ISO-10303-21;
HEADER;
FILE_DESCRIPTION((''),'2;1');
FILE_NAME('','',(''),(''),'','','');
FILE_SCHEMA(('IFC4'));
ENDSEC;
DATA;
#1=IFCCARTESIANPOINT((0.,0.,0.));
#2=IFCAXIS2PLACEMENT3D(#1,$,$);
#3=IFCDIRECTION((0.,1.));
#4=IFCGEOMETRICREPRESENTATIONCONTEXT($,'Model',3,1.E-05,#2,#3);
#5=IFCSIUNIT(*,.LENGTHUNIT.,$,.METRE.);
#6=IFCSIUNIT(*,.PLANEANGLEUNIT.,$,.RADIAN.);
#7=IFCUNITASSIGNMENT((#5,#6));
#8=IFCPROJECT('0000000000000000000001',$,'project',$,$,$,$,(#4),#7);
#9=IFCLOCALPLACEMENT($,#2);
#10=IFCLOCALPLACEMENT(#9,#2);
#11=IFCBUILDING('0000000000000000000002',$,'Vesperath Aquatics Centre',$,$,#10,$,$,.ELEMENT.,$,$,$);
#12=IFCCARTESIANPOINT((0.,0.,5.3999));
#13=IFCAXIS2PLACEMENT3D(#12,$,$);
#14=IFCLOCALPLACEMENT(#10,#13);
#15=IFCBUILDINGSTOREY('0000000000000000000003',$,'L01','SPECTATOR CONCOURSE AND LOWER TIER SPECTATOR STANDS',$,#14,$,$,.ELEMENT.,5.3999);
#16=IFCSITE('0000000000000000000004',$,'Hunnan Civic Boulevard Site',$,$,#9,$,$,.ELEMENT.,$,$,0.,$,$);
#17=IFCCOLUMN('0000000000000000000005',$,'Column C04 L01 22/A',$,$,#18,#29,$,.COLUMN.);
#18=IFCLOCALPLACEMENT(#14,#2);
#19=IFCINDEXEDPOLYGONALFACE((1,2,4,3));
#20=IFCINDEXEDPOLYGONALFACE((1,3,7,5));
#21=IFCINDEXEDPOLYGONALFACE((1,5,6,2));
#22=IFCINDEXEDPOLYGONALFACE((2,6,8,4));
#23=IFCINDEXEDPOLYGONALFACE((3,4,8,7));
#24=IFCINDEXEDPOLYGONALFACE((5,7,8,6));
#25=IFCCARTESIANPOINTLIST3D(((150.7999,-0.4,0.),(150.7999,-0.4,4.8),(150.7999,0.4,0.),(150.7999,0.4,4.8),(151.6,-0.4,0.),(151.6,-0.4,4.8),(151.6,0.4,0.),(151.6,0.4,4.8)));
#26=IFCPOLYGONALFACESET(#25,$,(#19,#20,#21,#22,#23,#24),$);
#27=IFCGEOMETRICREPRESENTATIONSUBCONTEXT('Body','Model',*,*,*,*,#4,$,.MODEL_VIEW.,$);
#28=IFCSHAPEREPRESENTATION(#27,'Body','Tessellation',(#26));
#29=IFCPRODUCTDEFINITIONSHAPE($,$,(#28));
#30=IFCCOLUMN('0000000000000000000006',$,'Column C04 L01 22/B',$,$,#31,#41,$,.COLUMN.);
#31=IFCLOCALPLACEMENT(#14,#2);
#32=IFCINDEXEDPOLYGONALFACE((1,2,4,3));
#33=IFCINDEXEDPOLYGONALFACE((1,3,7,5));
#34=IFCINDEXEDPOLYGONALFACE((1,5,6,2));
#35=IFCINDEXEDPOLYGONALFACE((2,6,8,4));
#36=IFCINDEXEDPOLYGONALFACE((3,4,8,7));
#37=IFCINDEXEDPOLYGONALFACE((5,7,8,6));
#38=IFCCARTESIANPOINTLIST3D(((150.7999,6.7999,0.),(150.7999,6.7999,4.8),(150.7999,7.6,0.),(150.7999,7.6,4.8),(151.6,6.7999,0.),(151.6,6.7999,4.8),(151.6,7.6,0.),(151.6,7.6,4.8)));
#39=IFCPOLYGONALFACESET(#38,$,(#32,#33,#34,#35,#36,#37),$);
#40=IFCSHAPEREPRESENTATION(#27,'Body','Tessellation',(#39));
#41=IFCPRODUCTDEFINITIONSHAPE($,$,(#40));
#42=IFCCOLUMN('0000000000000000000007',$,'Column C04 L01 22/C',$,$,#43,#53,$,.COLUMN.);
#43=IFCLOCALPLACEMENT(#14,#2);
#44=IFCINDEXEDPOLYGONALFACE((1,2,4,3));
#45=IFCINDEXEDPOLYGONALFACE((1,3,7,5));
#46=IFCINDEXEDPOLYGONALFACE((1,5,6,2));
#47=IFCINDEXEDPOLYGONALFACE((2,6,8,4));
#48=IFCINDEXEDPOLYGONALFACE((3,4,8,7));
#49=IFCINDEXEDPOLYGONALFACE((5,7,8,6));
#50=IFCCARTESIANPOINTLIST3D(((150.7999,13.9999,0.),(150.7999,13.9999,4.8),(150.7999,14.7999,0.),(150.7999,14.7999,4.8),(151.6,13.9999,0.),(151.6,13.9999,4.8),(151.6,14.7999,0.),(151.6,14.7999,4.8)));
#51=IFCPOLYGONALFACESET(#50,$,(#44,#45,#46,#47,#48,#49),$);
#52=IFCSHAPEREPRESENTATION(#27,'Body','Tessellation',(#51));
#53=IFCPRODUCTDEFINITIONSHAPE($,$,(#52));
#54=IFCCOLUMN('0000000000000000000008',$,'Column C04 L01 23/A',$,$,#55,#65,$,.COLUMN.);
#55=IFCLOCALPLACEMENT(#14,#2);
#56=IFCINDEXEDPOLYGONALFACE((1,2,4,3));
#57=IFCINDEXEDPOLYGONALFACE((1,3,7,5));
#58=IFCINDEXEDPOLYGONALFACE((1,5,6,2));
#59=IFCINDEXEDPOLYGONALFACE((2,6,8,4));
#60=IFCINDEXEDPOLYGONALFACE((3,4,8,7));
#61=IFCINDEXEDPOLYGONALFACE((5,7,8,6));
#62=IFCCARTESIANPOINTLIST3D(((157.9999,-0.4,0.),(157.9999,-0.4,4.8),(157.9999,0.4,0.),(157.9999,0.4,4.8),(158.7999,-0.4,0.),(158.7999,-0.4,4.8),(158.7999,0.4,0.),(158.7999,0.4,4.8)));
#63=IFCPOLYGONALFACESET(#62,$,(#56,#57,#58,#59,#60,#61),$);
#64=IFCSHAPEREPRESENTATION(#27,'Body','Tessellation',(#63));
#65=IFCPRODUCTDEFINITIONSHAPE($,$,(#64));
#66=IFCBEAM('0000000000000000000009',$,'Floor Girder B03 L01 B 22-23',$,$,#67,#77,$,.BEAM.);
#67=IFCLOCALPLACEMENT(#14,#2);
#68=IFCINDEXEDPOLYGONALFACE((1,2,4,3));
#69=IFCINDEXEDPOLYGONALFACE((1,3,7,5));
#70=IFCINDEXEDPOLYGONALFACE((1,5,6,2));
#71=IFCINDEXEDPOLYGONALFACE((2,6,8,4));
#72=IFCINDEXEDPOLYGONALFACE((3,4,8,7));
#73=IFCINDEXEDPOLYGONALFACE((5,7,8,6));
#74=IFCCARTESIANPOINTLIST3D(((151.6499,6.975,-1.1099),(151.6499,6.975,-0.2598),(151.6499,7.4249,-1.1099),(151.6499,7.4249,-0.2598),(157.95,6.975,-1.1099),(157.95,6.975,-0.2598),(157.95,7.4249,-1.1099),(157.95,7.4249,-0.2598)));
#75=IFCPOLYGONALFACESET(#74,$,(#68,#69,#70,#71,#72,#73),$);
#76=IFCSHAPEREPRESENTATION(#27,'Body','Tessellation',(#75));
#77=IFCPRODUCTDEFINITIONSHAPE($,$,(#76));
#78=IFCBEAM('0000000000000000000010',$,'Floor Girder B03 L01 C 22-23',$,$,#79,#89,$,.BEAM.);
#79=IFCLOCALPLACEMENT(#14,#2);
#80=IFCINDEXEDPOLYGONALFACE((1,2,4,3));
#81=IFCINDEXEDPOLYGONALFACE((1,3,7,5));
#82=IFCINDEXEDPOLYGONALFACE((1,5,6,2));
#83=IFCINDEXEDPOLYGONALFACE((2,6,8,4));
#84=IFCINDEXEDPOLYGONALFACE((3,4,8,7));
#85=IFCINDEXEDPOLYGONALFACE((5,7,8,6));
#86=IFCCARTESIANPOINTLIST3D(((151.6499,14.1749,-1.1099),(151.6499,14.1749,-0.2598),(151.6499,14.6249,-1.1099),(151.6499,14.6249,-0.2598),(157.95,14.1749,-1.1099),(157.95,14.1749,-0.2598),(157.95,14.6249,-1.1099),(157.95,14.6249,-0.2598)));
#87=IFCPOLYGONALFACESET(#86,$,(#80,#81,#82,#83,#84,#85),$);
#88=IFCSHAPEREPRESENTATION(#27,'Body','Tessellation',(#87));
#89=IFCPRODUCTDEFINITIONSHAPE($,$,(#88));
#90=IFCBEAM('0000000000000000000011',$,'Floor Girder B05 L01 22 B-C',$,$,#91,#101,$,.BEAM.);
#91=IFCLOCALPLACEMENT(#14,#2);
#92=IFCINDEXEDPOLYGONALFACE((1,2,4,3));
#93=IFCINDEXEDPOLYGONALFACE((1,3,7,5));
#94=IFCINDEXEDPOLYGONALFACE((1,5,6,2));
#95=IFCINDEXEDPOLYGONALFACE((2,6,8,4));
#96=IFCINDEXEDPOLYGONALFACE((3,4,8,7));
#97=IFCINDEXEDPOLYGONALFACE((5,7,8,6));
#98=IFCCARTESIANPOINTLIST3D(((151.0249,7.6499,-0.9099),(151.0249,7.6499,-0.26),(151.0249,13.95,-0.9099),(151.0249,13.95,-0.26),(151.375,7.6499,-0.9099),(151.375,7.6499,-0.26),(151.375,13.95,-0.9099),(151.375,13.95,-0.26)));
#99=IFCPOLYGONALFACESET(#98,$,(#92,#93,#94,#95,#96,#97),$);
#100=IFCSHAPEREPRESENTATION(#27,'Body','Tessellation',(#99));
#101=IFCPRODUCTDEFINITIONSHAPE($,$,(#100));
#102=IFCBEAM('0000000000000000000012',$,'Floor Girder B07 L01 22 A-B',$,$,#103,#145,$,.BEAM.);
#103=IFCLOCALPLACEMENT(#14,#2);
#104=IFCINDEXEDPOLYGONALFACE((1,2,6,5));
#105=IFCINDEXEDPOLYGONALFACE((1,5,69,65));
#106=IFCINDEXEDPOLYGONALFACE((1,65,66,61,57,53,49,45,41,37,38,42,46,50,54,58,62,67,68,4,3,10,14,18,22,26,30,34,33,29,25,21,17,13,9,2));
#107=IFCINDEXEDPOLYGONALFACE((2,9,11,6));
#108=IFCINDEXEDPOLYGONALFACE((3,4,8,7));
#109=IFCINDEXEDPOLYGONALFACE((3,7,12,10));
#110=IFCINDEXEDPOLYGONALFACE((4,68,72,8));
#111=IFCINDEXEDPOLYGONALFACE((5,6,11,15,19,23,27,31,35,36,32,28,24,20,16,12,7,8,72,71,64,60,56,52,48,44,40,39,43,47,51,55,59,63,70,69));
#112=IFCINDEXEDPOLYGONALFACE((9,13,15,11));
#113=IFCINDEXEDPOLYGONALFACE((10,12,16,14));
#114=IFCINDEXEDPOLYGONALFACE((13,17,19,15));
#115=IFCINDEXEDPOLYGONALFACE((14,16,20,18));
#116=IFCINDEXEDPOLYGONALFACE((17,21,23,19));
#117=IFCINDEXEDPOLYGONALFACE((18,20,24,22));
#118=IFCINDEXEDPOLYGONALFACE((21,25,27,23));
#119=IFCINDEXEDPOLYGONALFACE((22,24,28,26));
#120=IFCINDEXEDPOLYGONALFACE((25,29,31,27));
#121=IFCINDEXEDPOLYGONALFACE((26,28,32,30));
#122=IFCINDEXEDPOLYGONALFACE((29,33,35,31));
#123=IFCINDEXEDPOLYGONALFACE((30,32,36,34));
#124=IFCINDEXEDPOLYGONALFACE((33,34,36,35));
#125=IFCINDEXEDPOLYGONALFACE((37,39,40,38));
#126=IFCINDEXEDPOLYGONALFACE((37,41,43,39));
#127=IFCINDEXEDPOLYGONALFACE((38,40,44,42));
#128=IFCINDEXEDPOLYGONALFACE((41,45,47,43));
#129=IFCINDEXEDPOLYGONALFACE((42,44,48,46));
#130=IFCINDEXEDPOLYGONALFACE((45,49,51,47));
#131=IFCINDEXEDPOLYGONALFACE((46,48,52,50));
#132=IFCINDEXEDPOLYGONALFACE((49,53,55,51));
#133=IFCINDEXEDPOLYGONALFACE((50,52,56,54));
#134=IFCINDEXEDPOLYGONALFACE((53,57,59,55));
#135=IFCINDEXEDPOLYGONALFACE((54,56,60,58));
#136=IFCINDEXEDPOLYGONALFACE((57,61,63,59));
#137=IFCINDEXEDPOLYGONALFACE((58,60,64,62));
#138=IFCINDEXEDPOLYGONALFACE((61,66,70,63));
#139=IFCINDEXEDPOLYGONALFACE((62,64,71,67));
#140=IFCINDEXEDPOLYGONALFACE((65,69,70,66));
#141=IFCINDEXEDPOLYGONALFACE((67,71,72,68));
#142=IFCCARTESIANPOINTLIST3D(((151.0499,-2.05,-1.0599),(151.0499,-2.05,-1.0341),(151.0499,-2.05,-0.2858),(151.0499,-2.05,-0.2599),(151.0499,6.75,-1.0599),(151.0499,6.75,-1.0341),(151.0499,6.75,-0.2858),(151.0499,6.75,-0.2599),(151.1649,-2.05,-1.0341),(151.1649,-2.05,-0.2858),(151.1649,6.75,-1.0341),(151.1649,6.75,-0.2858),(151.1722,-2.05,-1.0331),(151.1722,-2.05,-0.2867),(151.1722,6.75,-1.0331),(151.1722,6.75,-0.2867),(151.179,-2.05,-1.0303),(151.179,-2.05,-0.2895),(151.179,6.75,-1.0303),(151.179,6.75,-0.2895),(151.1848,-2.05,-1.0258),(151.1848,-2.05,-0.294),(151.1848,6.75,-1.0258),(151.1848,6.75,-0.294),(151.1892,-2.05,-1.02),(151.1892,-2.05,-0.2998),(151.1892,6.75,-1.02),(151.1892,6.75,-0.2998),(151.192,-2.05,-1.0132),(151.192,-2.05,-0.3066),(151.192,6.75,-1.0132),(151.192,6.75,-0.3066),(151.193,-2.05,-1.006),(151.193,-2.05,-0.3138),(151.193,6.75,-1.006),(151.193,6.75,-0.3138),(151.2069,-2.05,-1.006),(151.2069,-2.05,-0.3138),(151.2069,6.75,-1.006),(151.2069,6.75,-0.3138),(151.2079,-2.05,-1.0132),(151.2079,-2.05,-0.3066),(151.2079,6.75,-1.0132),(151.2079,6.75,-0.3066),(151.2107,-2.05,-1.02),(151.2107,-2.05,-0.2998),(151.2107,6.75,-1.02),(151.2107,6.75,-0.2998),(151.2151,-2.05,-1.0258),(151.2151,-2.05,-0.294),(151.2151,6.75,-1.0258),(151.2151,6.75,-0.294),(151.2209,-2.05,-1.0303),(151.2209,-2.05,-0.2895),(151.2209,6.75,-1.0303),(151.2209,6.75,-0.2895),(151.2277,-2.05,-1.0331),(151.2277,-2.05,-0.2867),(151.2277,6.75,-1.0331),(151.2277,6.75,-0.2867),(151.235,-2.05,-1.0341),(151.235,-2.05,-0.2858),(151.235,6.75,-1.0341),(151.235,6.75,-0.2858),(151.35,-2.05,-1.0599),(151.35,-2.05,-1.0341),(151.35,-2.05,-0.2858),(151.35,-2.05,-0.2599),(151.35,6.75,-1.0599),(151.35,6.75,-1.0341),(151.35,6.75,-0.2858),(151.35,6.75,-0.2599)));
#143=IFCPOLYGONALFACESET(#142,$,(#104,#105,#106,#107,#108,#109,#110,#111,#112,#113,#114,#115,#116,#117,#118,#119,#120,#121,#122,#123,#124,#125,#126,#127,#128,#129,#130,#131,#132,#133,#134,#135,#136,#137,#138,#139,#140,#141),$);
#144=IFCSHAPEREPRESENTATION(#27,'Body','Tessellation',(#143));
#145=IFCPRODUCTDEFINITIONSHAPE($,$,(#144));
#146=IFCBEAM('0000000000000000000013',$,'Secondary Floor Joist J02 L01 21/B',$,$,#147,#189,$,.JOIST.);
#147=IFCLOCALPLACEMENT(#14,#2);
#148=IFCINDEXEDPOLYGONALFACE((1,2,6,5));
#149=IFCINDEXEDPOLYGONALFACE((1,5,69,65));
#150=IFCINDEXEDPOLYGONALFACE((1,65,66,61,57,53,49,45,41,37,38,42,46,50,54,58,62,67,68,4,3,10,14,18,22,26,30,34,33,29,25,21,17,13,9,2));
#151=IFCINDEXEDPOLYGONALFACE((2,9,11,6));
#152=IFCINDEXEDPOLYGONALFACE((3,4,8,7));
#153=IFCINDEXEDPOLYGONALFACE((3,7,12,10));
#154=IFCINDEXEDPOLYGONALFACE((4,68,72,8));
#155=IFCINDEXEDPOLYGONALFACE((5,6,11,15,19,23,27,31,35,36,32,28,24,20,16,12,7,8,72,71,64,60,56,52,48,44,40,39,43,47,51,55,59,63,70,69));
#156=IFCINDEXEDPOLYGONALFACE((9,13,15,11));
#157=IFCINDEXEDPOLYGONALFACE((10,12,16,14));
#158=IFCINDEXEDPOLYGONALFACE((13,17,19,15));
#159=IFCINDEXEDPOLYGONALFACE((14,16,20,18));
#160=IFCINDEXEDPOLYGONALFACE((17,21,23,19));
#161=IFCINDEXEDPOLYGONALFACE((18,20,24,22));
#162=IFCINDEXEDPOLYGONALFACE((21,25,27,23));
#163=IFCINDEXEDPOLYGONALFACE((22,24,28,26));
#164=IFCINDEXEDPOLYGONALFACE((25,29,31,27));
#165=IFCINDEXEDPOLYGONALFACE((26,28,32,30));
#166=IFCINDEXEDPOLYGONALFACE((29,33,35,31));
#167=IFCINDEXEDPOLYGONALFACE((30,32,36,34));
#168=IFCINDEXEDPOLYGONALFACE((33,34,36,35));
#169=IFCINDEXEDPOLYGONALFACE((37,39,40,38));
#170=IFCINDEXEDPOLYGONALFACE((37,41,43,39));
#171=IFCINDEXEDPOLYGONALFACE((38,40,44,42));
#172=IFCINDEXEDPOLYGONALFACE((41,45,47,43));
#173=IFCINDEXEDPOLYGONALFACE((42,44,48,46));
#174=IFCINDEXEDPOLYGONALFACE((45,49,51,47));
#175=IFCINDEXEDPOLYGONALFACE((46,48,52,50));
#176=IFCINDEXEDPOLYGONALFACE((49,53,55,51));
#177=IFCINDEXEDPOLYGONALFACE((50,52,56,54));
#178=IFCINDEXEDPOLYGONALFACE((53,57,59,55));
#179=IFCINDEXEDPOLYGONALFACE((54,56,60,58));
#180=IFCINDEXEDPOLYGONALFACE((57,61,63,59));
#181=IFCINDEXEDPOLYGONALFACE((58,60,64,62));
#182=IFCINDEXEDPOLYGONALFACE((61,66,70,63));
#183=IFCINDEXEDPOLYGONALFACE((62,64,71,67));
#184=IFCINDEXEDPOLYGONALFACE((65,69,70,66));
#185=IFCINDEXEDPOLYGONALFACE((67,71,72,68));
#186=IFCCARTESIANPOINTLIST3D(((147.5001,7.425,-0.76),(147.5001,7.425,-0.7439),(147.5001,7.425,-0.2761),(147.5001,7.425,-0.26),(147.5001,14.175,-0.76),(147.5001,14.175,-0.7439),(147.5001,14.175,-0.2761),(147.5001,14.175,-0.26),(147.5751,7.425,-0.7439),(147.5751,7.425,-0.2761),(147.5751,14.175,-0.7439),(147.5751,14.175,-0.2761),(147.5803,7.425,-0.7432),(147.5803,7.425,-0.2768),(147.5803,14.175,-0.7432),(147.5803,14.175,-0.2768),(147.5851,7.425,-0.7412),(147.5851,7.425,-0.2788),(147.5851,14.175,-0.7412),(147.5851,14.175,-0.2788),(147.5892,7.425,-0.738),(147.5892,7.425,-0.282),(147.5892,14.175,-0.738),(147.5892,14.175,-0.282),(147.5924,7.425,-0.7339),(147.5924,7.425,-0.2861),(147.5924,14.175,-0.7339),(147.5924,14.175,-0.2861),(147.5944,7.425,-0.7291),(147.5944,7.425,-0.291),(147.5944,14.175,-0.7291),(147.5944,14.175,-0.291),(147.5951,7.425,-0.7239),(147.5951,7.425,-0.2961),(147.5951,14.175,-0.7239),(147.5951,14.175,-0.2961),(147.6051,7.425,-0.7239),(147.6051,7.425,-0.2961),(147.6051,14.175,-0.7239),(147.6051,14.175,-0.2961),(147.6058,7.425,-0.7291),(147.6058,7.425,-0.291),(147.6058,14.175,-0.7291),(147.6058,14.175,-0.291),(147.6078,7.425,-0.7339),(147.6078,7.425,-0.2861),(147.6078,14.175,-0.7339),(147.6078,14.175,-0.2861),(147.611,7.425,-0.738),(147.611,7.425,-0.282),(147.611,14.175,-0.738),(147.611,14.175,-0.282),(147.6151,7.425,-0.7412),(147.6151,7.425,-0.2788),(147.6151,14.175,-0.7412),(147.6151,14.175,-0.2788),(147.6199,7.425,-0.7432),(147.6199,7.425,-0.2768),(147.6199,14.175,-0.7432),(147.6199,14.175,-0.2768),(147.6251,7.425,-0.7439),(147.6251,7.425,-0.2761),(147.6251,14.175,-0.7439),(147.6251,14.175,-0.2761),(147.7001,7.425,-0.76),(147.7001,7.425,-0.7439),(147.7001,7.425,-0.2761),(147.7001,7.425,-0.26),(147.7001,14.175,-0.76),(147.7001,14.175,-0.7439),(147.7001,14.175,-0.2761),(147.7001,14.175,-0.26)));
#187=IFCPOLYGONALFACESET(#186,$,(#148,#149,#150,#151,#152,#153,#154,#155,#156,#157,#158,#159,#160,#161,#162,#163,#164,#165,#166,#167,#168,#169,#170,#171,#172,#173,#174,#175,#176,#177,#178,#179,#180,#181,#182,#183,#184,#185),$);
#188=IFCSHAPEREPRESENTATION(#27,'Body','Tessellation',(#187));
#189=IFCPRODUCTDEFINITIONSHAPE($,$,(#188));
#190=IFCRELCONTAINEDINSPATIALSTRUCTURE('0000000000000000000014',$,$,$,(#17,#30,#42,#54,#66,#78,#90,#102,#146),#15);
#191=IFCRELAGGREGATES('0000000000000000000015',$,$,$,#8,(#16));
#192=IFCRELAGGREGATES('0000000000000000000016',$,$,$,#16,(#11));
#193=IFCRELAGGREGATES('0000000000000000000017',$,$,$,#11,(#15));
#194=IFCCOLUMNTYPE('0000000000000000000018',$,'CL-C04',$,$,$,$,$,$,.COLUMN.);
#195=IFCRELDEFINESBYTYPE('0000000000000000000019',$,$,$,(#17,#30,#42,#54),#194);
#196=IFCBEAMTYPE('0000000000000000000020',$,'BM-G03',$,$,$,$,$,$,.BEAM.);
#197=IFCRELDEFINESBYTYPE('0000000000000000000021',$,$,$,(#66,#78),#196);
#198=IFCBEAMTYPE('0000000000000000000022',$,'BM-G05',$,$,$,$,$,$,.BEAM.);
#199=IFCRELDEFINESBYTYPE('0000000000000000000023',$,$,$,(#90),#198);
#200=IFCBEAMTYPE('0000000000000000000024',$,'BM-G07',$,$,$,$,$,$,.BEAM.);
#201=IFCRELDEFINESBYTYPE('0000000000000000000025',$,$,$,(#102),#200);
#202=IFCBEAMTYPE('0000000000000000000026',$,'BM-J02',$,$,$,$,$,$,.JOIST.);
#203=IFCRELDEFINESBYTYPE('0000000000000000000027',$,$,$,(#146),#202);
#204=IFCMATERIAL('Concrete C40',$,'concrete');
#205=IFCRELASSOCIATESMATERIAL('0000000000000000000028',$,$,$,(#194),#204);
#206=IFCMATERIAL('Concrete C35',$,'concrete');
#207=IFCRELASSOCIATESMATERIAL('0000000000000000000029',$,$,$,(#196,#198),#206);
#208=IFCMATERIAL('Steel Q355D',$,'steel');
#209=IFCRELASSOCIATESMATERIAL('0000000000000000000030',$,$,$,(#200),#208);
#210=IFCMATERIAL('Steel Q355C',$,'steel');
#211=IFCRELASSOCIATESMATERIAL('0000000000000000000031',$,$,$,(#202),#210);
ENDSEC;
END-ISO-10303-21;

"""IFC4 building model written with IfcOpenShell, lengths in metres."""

from ifc_helpers import new_model, si_unit, direction, frame, origin, origin_2d, place, context, subcontext, project, spatial, rectangle, i_section, extrude, material, material_profile, profile_set, type_object, element, save


model = new_model("IFC4")

# Units and contexts
model_context = context("Model", 3, precision=1e-05, world=origin(), true_north=direction((0.0, 1.0)))
body_context = subcontext(model_context, "Body", "Model", "MODEL_VIEW")
ifc_project = project(units=[si_unit("LENGTHUNIT", "METRE"), si_unit("PLANEANGLEUNIT", "RADIAN")], contexts=[model_context])

# Site, building, storey
site_placement = place(None, origin())
site = spatial("IfcSite", under=ifc_project, at=site_placement, Name="Hunnan Civic Boulevard Site", CompositionType="ELEMENT", RefElevation=0.0)
building_placement = place(site_placement, origin())
building = spatial("IfcBuilding", under=site, at=building_placement, Name="Vesperath Aquatics Centre", CompositionType="ELEMENT")
storey_placement = place(building_placement, frame((0.0, 0.0, 5.3999)))
storey = spatial("IfcBuildingStorey", under=building, at=storey_placement, Name="L01", Description="SPECTATOR CONCOURSE AND LOWER TIER SPECTATOR STANDS", CompositionType="ELEMENT", Elevation=5.3999)

# Columns
ifc_material_1 = material(Name="Concrete C40", Category="concrete")
ifc_material_profile_1 = material_profile(ifc_material_1, rectangle(XDim=0.8, YDim=0.8, at=origin_2d()), Name="RC 800x800")
ifc_profile_set_1 = profile_set([ifc_material_profile_1], Name="Concrete C40")
column_type = type_object("IfcColumnType", Name="CL-C04", PredefinedType="COLUMN", material=ifc_profile_set_1)
for number, where, z_axis, x_axis, name in (
    (1, (151.2, 0.0, 0.0), (0.0, 0.0, 1.0), (1.0, 0.0, 0.0), "Column C04 L01 22/A"),
    (2, (151.2, 7.2, 0.0), (0.0, 0.0, 1.0), (1.0, 0.0, 0.0), "Column C04 L01 22/B"),
    (3, (151.2, 14.3999, 0.0), (0.0, 0.0, 1.0), (1.0, 0.0, 0.0), "Column C04 L01 22/C"),
    (4, (158.3999, 0.0, 0.0), (0.0, 0.0, 1.0), (1.0, 0.0, 0.0), "Column C04 L01 23/A"),
):
    element("IfcColumn", number, at=place(storey_placement, frame(where, z_axis=z_axis, x_axis=x_axis)), inside=storey, type_object=column_type, Name=name, PredefinedType="COLUMN", context=body_context, shape_type="SweptSolid", body=[
        extrude(rectangle(XDim=0.8, YDim=0.8, at=origin_2d()), origin(), (0.0, 0.0, 1.0), 4.8),
    ])

# Beams
ifc_material_2 = material(Name="Concrete C35", Category="concrete")
ifc_material_profile_2 = material_profile(ifc_material_2, rectangle(XDim=0.45, YDim=0.8501, at=origin_2d()), Name="RC 450x850")
ifc_profile_set_2 = profile_set([ifc_material_profile_2], Name="Concrete C35")
beam_type_1 = type_object("IfcBeamType", Name="BM-G03", PredefinedType="BEAM", material=ifc_profile_set_2)
for number, where, z_axis, x_axis, name in (
    (5, (151.6499, 7.2, -0.6848), (1.0, 0.0, 0.0), (0.0, 1.0, 0.0), "Floor Girder B03 L01 B 22-23"),
    (6, (151.6499, 14.3999, -0.6848), (1.0, 0.0, 0.0), (0.0, 1.0, 0.0), "Floor Girder B03 L01 C 22-23"),
):
    element("IfcBeam", number, at=place(storey_placement, frame(where, z_axis=z_axis, x_axis=x_axis)), inside=storey, type_object=beam_type_1, Name=name, PredefinedType="BEAM", context=body_context, shape_type="SweptSolid", body=[
        extrude(rectangle(XDim=0.45, YDim=0.8501, at=origin_2d()), origin(), (0.0, 0.0, 1.0), 6.3),
    ])
ifc_material_profile_3 = material_profile(ifc_material_2, rectangle(XDim=0.3501, YDim=0.6499, at=origin_2d()), Name="RC 350x650")
ifc_profile_set_3 = profile_set([ifc_material_profile_3], Name="Concrete C35")
beam_type_2 = type_object("IfcBeamType", Name="BM-G05", PredefinedType="BEAM", material=ifc_profile_set_3)
beam_1_placement = place(storey_placement, frame((151.2, 7.6499, -0.585), z_axis=(0.0, 1.0, 0.0), x_axis=(-1.0, 0.0, 0.0)))
element("IfcBeam", 7, at=beam_1_placement, inside=storey, type_object=beam_type_2, Name="Floor Girder B05 L01 22 B-C", PredefinedType="BEAM", context=body_context, shape_type="SweptSolid", body=[
    extrude(rectangle(XDim=0.3501, YDim=0.6499, at=origin_2d()), origin(), (0.0, 0.0, 1.0), 6.3),
])
ifc_material_3 = material(Name="Steel Q355D", Category="steel")
ifc_material_profile_4 = material_profile(ifc_material_3, i_section(OverallWidth=0.3, OverallDepth=0.8, WebThickness=0.0139, FlangeThickness=0.0259, FilletRadius=0.0281, at=origin_2d()), Name="HN 800x300x14x26")
ifc_profile_set_4 = profile_set([ifc_material_profile_4], Name="Steel Q355D")
beam_type_3 = type_object("IfcBeamType", Name="BM-G07", PredefinedType="BEAM", material=ifc_profile_set_4)
beam_2_placement = place(storey_placement, frame((151.2, -2.05, -0.6599), z_axis=(0.0, 1.0, 0.0), x_axis=(-1.0, 0.0, 0.0)))
element("IfcBeam", 8, at=beam_2_placement, inside=storey, type_object=beam_type_3, Name="Floor Girder B07 L01 22 A-B", PredefinedType="BEAM", context=body_context, shape_type="SweptSolid", body=[
    extrude(i_section(OverallWidth=0.3, OverallDepth=0.8, WebThickness=0.0139, FlangeThickness=0.0259, FilletRadius=0.0281, at=origin_2d()), origin(), (0.0, 0.0, 1.0), 8.8),
])
ifc_material_4 = material(Name="Steel Q355C", Category="steel")
ifc_material_profile_5 = material_profile(ifc_material_4, i_section(OverallWidth=0.2, OverallDepth=0.5, WebThickness=0.01, FlangeThickness=0.0161, FilletRadius=0.02, at=origin_2d()), Name="HN 500x200x10x16")
ifc_profile_set_5 = profile_set([ifc_material_profile_5], Name="Steel Q355C")
beam_type_4 = type_object("IfcBeamType", Name="BM-J02", PredefinedType="JOIST", material=ifc_profile_set_5)
for number, where, z_axis, x_axis, name in (
    (9, (147.6001, 7.425, -0.51), (0.0, 1.0, 0.0), (-1.0, 0.0, 0.0), "Secondary Floor Joist J02 L01 21/B"),
):
    element("IfcBeam", number, at=place(storey_placement, frame(where, z_axis=z_axis, x_axis=x_axis)), inside=storey, type_object=beam_type_4, Name=name, PredefinedType="JOIST", context=body_context, shape_type="SweptSolid", body=[
        extrude(i_section(OverallWidth=0.2, OverallDepth=0.5, WebThickness=0.01, FlangeThickness=0.0161, FilletRadius=0.02, at=origin_2d()), origin(), (0.0, 0.0, 1.0), 6.75),
    ])

save(model, "model.ifc")
